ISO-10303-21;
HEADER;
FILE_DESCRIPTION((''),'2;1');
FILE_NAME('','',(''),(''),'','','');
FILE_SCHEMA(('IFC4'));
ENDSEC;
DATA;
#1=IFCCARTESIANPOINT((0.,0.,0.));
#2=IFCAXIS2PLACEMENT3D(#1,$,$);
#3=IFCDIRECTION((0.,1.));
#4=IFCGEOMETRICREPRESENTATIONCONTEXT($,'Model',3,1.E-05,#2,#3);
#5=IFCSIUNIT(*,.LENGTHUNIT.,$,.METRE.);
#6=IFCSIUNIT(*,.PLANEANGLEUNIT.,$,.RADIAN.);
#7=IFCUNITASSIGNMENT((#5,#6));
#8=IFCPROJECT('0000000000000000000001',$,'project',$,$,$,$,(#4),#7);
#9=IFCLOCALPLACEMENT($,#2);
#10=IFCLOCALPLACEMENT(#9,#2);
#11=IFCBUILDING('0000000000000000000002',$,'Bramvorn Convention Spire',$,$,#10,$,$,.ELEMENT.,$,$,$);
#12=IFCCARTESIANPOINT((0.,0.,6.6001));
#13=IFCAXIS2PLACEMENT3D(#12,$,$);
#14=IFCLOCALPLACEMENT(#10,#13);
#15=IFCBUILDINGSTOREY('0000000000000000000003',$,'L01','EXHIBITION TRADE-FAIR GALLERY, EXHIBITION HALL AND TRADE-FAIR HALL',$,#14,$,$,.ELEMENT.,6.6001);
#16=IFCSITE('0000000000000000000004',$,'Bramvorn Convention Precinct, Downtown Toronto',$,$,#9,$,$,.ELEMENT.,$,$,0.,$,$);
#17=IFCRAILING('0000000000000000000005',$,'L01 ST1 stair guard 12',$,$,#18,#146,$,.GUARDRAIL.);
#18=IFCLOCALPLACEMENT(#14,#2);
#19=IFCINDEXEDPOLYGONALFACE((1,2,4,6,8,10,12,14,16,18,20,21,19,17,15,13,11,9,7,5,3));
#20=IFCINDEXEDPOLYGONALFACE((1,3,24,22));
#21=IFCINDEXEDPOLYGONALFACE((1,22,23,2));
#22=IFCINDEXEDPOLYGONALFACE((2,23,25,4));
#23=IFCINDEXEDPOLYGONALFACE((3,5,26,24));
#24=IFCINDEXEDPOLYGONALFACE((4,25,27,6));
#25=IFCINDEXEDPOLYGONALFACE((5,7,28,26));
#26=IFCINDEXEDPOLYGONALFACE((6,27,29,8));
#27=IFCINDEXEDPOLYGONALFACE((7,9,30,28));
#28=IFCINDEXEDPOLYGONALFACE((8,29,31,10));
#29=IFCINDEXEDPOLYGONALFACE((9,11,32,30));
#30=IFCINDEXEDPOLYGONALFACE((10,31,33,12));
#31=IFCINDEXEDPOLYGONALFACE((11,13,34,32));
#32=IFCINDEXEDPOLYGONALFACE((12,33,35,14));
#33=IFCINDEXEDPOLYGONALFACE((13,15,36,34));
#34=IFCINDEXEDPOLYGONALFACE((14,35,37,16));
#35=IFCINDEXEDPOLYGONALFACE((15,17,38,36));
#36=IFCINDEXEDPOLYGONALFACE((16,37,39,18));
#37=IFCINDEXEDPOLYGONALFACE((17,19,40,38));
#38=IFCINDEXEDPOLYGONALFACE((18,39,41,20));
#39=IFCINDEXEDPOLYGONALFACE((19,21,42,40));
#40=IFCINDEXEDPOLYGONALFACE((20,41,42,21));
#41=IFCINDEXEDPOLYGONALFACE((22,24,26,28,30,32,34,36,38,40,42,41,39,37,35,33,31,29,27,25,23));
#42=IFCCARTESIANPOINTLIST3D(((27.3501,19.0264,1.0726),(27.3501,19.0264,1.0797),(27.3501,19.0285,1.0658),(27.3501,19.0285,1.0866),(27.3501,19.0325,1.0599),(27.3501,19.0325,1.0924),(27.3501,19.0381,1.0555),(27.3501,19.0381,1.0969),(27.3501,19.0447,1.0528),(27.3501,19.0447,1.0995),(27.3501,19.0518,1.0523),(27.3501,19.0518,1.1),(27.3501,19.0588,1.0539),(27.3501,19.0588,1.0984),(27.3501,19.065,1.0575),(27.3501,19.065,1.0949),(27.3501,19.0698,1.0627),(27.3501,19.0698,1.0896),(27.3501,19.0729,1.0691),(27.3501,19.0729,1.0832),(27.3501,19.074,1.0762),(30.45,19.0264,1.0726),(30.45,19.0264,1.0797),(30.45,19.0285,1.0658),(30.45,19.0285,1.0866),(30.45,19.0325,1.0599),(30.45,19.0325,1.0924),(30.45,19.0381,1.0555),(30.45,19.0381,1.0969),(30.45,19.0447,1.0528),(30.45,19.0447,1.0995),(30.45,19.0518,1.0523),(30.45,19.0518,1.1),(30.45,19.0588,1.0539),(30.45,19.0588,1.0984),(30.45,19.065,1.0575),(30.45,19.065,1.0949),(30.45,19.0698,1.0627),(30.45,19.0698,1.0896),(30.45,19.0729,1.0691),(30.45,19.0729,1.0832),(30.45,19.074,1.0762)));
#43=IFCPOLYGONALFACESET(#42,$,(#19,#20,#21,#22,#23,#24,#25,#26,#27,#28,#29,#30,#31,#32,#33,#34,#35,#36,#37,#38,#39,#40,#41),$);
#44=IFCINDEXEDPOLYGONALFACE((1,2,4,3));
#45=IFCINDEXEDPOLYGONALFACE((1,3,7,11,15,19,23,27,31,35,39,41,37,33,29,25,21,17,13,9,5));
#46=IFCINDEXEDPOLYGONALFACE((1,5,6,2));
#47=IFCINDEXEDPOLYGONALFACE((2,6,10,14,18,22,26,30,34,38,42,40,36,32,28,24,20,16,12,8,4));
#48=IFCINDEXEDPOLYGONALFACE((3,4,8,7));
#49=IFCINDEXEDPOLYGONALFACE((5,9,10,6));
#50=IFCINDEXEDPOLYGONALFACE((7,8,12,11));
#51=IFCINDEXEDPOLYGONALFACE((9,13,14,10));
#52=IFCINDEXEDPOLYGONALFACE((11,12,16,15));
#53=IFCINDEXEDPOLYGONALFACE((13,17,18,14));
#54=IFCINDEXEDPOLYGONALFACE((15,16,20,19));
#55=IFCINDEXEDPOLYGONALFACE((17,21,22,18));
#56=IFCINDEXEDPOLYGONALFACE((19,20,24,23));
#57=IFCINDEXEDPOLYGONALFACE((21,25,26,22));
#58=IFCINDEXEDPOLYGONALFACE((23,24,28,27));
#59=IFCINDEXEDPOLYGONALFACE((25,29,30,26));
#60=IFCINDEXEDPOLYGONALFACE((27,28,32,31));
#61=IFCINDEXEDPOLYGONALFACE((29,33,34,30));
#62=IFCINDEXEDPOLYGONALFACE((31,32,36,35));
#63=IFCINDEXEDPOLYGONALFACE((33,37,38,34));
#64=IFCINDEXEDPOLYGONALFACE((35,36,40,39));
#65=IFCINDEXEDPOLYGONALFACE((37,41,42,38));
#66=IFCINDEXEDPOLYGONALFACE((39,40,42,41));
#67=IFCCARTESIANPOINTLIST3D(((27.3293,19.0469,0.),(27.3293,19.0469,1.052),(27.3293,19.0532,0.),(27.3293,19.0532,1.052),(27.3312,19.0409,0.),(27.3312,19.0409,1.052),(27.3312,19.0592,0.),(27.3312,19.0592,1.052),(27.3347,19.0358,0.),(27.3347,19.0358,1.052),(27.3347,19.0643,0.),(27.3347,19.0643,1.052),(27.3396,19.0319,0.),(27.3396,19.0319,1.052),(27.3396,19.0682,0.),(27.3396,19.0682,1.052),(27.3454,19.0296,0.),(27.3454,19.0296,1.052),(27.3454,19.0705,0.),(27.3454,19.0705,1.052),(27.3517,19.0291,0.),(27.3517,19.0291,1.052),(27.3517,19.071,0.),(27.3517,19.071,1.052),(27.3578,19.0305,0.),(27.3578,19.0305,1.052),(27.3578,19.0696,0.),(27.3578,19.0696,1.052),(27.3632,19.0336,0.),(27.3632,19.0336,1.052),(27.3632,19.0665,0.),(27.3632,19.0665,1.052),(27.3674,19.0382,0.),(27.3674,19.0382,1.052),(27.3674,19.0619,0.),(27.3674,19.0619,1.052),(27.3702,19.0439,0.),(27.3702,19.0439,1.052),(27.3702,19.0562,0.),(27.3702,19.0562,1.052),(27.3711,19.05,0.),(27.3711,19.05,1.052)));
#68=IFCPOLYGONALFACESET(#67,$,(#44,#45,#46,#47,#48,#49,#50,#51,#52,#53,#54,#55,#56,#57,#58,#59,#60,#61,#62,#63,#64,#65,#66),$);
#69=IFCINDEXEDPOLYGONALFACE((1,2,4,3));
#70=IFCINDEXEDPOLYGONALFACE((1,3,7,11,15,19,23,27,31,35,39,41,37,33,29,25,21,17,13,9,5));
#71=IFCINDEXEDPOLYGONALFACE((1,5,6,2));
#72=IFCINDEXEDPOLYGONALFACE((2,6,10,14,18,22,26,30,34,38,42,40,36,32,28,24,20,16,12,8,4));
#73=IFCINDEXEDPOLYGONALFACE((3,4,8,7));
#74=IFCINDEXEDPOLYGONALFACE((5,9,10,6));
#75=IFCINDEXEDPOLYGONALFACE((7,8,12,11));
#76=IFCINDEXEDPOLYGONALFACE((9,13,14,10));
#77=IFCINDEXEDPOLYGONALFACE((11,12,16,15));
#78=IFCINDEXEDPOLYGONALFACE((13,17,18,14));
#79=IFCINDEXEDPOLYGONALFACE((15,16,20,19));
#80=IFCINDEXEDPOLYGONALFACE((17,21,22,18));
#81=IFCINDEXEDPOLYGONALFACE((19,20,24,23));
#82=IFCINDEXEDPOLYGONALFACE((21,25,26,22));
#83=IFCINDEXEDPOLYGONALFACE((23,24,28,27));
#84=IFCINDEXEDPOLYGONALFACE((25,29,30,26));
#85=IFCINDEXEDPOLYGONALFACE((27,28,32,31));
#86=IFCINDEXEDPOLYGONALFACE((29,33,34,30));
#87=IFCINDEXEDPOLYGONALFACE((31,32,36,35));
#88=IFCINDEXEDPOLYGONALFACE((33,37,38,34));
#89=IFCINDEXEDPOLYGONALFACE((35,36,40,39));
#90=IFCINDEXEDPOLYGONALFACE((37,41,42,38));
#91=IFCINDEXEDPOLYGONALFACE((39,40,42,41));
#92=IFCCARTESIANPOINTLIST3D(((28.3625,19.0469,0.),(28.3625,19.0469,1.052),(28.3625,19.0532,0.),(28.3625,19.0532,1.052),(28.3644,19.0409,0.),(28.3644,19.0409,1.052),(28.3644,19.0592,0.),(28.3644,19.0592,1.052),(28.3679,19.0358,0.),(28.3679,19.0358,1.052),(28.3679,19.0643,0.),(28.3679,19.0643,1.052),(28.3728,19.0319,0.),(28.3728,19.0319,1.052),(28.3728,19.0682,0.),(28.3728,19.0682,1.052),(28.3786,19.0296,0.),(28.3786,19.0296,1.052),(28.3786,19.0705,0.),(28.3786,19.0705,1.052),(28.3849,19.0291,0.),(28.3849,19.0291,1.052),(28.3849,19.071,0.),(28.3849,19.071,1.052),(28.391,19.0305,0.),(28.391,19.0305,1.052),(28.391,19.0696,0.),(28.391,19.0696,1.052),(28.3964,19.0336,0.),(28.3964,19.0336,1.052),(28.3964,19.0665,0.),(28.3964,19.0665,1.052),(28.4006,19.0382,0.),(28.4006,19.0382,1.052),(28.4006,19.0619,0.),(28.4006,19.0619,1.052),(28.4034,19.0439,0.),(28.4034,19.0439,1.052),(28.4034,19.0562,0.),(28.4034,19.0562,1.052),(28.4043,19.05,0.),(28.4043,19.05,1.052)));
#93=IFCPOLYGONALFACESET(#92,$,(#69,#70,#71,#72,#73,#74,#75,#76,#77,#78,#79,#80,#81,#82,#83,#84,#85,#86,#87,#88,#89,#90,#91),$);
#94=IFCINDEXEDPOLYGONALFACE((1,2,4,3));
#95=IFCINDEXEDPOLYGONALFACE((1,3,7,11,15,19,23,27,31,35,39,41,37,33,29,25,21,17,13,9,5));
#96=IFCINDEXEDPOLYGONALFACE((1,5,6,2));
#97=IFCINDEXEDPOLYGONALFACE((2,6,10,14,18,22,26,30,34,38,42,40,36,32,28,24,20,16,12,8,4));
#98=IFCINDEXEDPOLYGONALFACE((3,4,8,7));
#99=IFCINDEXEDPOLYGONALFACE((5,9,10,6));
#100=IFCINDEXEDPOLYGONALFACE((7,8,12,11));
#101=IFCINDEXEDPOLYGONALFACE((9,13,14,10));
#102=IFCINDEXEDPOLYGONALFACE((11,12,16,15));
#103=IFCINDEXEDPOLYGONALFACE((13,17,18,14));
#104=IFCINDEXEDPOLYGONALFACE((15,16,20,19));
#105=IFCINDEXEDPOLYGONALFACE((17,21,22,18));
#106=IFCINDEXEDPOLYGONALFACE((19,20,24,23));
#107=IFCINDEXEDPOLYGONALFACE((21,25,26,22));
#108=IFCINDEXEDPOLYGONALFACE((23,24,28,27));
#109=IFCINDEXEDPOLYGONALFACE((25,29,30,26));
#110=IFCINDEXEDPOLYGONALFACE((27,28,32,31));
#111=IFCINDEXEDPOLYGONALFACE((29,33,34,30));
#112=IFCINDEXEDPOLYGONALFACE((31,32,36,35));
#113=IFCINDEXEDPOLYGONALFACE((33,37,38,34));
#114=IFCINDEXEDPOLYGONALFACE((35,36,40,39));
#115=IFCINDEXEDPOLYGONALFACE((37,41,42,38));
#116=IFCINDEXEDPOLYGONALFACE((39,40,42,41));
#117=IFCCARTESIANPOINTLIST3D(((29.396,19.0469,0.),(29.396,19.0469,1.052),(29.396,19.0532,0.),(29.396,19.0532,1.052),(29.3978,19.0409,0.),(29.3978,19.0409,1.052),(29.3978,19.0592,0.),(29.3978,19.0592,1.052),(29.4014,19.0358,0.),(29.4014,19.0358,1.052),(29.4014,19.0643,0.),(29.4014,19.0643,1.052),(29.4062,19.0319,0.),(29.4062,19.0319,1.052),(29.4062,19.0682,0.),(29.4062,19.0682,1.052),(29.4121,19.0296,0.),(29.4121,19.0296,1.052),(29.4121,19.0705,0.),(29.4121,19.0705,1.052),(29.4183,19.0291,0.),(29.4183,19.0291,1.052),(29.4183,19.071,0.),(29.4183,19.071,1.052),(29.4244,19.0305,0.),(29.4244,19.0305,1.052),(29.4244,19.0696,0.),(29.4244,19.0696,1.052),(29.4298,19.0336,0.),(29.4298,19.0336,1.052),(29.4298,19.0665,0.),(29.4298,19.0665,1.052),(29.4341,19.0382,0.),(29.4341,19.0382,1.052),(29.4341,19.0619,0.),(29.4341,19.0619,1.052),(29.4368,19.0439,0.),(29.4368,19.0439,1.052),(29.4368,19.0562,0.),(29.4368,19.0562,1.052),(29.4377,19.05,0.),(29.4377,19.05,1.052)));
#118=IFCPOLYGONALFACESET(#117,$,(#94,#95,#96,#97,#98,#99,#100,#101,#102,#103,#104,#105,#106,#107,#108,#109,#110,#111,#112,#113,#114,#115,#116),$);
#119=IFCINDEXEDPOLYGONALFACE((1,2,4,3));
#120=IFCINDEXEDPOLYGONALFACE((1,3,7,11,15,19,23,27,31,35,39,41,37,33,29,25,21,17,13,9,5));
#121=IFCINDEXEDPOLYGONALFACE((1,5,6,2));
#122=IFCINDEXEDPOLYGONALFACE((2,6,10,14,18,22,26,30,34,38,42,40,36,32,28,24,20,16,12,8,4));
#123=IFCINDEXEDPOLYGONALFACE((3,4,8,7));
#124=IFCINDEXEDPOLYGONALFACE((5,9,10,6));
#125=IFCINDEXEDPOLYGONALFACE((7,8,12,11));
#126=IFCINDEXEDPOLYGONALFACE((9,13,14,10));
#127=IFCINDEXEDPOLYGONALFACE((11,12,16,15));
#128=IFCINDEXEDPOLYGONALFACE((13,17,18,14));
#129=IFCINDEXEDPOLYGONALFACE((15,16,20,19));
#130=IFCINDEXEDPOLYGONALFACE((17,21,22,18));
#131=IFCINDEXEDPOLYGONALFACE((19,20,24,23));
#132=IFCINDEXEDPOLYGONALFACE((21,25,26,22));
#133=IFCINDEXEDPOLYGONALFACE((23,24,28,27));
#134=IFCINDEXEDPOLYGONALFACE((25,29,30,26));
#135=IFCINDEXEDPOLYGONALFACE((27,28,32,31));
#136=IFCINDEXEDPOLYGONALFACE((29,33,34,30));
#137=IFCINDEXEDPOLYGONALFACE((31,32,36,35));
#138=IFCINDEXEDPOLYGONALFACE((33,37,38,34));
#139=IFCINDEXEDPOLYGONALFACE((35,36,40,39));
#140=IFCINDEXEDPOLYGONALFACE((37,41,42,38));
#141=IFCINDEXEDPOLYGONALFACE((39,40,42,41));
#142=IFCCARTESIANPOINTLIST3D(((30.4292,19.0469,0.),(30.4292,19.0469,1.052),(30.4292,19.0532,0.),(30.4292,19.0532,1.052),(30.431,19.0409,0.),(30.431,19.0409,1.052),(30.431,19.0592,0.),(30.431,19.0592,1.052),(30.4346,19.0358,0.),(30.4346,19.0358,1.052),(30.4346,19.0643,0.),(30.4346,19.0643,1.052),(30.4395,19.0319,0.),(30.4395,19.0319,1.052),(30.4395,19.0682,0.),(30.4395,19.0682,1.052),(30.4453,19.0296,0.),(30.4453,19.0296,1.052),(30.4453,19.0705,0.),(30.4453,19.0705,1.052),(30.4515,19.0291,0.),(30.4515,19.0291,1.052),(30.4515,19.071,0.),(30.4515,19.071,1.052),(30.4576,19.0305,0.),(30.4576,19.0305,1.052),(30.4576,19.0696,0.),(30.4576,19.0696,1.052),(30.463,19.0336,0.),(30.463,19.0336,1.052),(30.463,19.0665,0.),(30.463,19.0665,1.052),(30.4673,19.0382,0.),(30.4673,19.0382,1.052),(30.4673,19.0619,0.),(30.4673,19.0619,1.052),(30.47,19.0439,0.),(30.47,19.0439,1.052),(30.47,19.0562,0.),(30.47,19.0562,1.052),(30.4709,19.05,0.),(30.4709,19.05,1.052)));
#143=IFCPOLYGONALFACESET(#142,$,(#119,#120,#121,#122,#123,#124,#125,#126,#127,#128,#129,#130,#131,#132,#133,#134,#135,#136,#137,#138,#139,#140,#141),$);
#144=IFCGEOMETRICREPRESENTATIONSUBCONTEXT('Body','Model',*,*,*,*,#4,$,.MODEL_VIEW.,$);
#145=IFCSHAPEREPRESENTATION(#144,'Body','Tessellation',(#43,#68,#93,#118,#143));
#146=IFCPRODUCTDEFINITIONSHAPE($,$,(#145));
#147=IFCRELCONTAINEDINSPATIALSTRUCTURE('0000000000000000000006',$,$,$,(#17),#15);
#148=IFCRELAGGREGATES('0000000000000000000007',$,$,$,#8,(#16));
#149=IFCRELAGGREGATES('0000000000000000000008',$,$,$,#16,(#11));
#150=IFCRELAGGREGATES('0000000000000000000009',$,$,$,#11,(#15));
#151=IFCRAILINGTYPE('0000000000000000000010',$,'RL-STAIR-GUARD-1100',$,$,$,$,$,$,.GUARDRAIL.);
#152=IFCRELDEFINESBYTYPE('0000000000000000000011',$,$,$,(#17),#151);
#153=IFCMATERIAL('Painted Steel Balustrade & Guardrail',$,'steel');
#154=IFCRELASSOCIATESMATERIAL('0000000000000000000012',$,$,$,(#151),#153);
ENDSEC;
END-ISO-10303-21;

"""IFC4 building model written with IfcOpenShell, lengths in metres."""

from ifc_helpers import new_model, si_unit, direction, frame, origin, origin_2d, place, context, subcontext, project, spatial, circle, extrude, material, type_object, element, save


model = new_model("IFC4")

# Units and contexts
model_context = context("Model", 3, precision=1e-05, world=origin(), true_north=direction((0.0, 1.0)))
body_context = subcontext(model_context, "Body", "Model", "MODEL_VIEW")
ifc_project = project(units=[si_unit("LENGTHUNIT", "METRE"), si_unit("PLANEANGLEUNIT", "RADIAN")], contexts=[model_context])

# Site, building, storey
site_placement = place(None, origin())
site = spatial("IfcSite", under=ifc_project, at=site_placement, Name="Bramvorn Convention Precinct, Downtown Toronto", CompositionType="ELEMENT", RefElevation=0.0)
building_placement = place(site_placement, origin())
building = spatial("IfcBuilding", under=site, at=building_placement, Name="Bramvorn Convention Spire", CompositionType="ELEMENT")
storey_placement = place(building_placement, frame((0.0, 0.0, 6.6001)))
storey = spatial("IfcBuildingStorey", under=building, at=storey_placement, Name="L01", Description="EXHIBITION TRADE-FAIR GALLERY, EXHIBITION HALL AND TRADE-FAIR HALL", CompositionType="ELEMENT", Elevation=6.6001)

# Railing
ifc_material_1 = material(Name="Painted Steel Balustrade & Guardrail", Category="steel")
railing_type = type_object("IfcRailingType", Name="RL-STAIR-GUARD-1100", PredefinedType="GUARDRAIL", material=ifc_material_1)
railing_1_placement = place(storey_placement, frame((27.3501, 19.05, 0.0)))
element("IfcRailing", 1, at=railing_1_placement, inside=storey, type_object=railing_type, Name="L01 ST1 stair guard 12", PredefinedType="GUARDRAIL", context=body_context, shape_type="SweptSolid", body=[
    extrude(circle(Radius=0.0239, at=origin_2d()), frame((0.0, 0.0, 1.0762), z_axis=(1.0, 0.0, 0.0), x_axis=(0.0, 1.0, 0.0)), (0.0, 0.0, 1.0), 3.0999),
    extrude(circle(Radius=0.021, at=origin_2d()), origin(), (0.0, 0.0, 1.0), 1.052),
    extrude(circle(Radius=0.021, at=origin_2d()), frame((1.0332, 0.0, 0.0)), (0.0, 0.0, 1.0), 1.052),
    extrude(circle(Radius=0.021, at=origin_2d()), frame((2.0667, 0.0, 0.0)), (0.0, 0.0, 1.0), 1.052),
    extrude(circle(Radius=0.021, at=origin_2d()), frame((3.0999, 0.0, 0.0)), (0.0, 0.0, 1.0), 1.052),
])

save(model, "model.ifc")
